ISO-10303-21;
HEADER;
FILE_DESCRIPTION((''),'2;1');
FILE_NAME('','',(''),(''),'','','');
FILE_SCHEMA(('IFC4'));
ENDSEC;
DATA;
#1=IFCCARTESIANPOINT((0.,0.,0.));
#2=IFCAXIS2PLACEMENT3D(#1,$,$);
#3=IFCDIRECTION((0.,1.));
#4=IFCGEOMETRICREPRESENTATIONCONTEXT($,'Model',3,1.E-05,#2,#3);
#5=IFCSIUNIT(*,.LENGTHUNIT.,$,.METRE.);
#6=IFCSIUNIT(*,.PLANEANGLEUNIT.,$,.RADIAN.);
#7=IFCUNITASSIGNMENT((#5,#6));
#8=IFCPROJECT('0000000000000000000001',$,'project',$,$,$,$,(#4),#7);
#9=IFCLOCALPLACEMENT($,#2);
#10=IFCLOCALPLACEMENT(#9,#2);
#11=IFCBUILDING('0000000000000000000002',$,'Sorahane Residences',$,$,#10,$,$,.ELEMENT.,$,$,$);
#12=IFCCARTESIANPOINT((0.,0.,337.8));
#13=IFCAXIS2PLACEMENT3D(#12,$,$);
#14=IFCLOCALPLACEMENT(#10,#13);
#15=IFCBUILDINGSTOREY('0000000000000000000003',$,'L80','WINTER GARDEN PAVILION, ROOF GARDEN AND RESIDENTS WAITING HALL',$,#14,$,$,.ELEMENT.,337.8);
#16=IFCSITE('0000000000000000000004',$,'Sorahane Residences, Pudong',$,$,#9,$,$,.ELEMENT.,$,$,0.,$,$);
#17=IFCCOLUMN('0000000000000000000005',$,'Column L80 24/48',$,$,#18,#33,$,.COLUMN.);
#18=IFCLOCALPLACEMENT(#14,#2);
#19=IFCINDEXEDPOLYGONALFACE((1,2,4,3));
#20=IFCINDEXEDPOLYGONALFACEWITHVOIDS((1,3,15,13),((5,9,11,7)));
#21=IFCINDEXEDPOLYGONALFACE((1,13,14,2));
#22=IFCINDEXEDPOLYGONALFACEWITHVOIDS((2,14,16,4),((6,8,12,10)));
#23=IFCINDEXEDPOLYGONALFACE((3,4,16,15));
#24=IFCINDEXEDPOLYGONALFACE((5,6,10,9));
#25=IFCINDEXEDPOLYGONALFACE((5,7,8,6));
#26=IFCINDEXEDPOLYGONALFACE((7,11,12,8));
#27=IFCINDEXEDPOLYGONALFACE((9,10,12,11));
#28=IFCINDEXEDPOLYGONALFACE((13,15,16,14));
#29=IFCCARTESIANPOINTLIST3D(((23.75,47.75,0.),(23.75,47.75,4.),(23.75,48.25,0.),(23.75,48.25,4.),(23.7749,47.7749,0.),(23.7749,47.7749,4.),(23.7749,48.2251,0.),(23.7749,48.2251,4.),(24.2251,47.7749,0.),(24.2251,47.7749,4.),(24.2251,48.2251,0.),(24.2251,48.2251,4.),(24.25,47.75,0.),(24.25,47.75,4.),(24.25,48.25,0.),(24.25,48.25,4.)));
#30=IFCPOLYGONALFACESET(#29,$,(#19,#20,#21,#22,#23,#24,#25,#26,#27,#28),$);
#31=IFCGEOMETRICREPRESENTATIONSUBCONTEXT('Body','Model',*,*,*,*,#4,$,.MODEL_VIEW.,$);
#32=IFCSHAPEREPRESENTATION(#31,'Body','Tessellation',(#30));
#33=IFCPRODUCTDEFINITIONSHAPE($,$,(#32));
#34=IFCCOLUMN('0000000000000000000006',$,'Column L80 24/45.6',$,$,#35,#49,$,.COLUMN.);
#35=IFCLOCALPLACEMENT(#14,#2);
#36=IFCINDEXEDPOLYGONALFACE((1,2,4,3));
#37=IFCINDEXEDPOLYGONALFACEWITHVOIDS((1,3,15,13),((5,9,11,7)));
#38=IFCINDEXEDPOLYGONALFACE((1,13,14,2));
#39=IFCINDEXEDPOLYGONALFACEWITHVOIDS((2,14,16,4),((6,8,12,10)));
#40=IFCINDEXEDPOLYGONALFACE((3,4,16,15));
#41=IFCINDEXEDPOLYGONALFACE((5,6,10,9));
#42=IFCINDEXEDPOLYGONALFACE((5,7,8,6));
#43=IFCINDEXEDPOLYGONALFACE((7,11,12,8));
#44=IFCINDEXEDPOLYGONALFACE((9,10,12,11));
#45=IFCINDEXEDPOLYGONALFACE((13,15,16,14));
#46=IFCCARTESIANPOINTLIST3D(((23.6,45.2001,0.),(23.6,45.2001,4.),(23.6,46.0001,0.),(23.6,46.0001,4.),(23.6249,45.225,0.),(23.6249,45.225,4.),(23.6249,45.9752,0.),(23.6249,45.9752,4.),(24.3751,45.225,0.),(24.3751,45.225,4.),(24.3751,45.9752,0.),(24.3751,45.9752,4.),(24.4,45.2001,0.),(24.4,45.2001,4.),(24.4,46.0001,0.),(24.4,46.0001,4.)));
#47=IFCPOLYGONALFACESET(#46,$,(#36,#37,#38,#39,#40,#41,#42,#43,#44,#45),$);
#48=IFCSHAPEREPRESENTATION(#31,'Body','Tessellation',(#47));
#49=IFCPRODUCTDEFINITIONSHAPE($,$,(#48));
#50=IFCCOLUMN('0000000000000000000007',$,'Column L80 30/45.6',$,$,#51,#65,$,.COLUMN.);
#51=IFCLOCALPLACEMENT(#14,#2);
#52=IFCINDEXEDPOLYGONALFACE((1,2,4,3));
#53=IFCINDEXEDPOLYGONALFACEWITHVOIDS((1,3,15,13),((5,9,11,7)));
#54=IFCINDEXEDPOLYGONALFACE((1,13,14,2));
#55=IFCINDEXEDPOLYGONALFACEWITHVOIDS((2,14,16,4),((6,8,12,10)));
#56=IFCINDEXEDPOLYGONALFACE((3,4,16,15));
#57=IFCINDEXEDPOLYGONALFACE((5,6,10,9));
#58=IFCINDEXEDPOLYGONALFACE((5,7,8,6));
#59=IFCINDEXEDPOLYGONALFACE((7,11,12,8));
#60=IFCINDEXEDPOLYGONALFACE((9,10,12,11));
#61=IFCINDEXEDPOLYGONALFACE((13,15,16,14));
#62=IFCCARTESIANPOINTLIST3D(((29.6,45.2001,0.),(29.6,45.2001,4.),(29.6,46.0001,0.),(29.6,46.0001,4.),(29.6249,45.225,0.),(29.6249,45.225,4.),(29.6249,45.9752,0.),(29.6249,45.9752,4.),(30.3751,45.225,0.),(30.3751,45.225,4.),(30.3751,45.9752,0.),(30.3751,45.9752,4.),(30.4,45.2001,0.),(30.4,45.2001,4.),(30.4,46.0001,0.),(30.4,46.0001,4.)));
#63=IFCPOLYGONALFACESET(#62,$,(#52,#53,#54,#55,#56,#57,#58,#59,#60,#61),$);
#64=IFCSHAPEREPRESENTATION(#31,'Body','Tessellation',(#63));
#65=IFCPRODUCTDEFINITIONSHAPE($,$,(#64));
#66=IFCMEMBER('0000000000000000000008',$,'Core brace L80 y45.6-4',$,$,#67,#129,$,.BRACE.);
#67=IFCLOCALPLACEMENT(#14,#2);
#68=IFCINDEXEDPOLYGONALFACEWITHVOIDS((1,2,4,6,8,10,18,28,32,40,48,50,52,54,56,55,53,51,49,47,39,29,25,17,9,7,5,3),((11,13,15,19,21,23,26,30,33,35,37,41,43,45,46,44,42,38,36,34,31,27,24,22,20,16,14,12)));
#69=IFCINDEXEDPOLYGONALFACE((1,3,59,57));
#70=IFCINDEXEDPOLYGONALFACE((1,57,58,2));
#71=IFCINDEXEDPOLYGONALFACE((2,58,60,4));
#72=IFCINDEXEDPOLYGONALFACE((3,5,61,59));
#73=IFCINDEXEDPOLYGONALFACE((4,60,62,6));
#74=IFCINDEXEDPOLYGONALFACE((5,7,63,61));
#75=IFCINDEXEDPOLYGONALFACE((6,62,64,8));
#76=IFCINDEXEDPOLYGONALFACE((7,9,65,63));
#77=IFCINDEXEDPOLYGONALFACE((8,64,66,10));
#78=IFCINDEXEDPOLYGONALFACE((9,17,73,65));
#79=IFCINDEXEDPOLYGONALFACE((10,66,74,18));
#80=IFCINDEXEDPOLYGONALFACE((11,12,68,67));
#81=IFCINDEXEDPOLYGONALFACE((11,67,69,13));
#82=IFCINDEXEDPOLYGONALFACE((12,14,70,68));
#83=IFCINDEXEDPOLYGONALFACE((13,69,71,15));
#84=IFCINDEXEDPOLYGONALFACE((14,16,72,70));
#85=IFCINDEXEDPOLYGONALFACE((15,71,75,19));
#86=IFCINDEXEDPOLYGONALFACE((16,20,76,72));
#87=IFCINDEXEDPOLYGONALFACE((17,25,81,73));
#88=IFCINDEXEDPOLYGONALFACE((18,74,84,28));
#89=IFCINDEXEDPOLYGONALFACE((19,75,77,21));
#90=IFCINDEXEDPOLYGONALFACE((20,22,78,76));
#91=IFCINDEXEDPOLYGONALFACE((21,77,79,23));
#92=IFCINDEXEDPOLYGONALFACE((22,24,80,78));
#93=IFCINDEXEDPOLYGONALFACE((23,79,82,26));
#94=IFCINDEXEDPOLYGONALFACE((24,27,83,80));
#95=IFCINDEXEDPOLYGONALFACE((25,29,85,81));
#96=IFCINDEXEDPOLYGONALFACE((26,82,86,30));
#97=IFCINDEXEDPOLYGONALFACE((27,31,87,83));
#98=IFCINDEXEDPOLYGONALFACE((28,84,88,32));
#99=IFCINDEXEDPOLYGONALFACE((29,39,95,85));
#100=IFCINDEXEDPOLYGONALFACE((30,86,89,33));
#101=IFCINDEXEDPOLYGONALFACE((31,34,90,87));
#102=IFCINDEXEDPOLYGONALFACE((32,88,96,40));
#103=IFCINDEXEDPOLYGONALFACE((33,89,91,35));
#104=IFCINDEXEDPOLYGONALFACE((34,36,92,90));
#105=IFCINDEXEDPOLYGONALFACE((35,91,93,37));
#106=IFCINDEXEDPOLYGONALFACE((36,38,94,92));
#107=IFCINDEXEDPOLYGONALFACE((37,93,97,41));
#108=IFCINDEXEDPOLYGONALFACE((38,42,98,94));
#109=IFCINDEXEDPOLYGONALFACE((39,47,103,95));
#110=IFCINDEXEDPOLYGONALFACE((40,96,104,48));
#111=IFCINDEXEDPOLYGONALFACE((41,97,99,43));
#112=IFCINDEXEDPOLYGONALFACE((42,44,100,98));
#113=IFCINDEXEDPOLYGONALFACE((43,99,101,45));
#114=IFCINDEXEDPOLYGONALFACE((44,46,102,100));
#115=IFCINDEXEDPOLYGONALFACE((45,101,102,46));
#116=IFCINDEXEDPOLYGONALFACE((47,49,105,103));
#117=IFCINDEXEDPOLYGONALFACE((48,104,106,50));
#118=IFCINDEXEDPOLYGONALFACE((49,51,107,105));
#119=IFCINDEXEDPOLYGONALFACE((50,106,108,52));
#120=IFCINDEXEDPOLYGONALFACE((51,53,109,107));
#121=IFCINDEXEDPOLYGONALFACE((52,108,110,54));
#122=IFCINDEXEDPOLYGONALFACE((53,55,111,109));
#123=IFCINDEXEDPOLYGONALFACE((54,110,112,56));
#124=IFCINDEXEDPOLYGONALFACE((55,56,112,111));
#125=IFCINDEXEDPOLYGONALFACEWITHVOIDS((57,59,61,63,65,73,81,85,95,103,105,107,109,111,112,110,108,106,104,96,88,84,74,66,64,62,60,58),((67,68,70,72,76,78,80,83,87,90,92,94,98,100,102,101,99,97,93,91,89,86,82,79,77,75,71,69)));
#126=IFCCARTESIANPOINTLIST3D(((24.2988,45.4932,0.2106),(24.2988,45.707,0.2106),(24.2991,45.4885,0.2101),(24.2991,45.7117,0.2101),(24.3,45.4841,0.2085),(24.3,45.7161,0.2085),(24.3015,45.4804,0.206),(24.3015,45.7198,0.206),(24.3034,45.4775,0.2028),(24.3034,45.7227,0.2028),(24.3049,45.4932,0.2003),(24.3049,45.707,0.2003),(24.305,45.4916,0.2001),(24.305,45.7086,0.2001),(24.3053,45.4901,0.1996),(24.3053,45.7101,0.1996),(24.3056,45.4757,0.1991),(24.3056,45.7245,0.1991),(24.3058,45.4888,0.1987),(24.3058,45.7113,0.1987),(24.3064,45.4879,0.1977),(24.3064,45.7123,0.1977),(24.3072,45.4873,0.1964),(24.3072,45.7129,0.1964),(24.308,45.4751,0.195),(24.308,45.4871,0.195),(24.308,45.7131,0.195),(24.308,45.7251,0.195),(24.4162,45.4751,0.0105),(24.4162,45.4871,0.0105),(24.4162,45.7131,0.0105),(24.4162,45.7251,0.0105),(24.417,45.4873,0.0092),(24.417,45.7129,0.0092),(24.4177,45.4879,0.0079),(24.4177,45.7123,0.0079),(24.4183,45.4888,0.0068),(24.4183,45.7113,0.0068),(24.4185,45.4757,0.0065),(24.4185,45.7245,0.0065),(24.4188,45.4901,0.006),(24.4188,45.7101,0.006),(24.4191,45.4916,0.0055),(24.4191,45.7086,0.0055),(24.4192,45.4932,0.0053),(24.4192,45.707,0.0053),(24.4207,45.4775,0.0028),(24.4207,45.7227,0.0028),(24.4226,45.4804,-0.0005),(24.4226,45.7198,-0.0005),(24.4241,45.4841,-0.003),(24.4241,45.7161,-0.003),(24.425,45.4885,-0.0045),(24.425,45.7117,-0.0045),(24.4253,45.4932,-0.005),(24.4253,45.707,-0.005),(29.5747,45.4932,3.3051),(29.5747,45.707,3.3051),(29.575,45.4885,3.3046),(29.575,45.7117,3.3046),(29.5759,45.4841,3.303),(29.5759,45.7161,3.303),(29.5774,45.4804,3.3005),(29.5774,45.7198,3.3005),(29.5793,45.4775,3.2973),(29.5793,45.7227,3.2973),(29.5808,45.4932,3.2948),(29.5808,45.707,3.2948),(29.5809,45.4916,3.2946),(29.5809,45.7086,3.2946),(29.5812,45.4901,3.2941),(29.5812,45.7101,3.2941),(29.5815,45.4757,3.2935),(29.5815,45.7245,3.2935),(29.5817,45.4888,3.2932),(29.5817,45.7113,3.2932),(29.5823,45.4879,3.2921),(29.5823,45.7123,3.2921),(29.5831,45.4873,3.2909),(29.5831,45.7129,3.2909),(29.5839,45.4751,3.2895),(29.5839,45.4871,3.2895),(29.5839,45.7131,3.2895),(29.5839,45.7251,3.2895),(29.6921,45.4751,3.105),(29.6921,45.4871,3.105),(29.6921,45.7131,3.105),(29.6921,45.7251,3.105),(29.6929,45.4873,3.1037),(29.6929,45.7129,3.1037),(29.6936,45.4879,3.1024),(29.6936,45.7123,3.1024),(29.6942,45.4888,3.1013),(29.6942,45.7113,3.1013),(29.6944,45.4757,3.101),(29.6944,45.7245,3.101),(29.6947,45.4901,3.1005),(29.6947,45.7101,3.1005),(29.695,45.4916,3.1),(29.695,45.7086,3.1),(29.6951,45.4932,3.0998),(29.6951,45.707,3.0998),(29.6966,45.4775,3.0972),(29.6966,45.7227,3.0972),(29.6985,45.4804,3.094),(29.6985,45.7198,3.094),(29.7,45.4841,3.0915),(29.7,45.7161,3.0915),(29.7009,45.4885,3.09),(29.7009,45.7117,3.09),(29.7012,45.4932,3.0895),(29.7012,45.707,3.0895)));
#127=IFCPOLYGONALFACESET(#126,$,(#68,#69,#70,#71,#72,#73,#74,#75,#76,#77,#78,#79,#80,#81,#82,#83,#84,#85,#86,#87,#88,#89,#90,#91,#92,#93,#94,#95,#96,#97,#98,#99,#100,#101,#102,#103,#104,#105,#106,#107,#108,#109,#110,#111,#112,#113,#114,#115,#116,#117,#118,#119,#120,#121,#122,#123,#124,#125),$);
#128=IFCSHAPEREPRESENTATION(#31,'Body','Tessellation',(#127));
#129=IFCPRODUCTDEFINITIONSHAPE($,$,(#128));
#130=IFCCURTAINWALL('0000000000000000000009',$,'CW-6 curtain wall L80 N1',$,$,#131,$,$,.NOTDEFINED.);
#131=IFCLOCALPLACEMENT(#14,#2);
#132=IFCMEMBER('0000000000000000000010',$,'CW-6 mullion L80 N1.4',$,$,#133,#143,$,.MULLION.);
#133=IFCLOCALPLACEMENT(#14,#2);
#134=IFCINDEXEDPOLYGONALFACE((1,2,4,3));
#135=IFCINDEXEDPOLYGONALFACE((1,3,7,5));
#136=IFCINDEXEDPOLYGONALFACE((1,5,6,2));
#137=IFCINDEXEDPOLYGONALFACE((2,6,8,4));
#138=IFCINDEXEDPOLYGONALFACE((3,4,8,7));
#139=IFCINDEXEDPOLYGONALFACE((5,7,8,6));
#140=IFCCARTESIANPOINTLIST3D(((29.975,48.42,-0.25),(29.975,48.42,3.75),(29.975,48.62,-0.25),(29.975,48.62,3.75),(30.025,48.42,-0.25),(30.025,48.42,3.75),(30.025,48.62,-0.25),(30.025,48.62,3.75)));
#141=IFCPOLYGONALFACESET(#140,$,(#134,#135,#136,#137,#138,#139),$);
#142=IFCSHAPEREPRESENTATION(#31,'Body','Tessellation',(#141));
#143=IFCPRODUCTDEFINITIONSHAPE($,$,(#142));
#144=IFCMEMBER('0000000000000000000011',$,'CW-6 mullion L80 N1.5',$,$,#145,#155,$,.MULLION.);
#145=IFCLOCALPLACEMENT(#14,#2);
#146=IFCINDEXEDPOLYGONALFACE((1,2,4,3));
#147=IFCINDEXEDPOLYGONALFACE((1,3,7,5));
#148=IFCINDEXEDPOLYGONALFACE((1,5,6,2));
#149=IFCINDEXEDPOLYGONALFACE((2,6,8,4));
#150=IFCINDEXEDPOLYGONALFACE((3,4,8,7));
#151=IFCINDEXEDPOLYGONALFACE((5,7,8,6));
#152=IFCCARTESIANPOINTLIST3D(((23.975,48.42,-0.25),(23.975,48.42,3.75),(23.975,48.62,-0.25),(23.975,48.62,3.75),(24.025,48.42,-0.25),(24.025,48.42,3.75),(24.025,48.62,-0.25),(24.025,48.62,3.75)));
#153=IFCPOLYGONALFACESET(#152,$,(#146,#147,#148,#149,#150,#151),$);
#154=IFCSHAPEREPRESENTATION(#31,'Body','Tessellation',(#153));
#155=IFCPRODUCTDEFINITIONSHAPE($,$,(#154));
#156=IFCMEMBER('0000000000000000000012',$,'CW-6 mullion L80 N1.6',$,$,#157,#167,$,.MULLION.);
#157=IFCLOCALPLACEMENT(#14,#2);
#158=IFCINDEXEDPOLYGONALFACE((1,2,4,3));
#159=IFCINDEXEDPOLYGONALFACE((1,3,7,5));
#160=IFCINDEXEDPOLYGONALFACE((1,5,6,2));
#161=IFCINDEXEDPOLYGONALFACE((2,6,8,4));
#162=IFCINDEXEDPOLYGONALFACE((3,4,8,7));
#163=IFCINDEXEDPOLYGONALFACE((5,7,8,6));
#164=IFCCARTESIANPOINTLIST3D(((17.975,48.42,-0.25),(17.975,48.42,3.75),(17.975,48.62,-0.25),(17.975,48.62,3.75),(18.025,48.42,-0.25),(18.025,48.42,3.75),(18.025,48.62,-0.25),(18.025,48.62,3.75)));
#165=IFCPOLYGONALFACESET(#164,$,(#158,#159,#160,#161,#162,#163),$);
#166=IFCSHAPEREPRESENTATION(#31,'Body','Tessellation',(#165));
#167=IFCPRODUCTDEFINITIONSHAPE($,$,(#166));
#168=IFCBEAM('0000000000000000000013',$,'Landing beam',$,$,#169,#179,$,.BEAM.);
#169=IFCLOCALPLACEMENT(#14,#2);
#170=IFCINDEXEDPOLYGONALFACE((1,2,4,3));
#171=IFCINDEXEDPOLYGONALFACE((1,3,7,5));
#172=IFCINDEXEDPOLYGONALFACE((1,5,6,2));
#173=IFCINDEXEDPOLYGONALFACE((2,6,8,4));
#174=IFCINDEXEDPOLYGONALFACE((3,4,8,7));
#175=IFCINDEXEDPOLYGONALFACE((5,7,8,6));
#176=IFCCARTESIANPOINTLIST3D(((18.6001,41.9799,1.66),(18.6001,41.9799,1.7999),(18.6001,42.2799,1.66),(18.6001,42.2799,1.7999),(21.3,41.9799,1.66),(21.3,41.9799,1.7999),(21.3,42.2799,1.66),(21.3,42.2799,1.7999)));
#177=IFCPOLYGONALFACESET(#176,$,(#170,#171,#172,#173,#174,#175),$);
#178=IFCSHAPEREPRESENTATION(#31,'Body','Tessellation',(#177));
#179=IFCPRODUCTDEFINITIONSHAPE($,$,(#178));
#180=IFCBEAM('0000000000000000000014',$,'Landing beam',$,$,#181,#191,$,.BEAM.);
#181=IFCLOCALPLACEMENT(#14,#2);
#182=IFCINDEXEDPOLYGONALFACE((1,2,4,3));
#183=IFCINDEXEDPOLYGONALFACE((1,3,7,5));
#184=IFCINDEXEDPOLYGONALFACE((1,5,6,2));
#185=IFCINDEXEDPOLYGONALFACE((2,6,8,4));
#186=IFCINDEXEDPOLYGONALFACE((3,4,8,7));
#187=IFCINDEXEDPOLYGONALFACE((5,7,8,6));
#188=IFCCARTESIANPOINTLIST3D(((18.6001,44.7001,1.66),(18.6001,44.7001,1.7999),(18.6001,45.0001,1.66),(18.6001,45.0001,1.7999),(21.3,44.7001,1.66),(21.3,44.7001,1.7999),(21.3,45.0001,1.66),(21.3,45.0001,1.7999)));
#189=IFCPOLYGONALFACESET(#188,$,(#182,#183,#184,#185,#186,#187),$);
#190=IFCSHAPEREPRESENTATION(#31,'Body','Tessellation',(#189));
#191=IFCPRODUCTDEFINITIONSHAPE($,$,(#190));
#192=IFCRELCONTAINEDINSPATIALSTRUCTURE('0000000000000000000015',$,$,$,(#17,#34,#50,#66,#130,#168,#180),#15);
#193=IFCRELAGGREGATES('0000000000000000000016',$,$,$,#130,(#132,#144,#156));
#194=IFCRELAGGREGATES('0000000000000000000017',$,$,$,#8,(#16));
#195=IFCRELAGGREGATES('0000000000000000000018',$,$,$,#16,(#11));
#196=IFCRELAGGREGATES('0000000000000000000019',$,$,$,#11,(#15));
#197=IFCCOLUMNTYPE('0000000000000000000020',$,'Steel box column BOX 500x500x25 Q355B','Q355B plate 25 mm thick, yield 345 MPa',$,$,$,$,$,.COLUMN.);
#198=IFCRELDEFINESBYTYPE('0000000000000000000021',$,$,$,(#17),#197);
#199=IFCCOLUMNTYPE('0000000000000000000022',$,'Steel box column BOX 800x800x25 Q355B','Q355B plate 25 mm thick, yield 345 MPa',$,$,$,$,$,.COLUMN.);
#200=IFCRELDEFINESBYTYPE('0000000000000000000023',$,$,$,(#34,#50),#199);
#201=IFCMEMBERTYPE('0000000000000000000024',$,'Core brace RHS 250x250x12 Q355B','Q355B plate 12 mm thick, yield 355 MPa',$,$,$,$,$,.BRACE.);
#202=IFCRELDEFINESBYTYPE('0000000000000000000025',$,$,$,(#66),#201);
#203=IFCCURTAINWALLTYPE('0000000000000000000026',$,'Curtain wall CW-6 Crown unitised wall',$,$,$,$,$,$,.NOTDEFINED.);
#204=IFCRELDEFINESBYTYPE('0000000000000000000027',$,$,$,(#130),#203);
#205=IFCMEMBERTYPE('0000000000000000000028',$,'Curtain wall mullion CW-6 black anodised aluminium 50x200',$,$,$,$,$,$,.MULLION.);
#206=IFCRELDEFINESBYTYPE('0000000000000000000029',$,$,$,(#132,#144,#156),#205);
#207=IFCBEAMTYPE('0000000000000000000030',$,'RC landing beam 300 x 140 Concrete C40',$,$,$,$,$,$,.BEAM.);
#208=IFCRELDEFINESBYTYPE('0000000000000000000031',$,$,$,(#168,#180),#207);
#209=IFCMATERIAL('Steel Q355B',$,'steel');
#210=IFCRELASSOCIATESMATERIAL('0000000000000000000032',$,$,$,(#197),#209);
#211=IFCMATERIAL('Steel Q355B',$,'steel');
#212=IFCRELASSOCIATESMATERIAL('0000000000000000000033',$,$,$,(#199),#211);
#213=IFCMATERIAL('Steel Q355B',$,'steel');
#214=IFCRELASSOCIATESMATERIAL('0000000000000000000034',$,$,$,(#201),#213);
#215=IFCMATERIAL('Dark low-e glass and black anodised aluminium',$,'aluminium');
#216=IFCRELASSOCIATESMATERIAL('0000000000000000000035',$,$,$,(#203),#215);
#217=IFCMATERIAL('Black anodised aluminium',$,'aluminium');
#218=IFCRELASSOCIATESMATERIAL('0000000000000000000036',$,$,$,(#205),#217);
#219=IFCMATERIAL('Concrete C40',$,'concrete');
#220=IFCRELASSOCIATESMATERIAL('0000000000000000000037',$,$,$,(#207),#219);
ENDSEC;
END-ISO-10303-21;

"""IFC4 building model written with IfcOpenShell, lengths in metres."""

from ifc_helpers import new_model, si_unit, direction, frame, origin, origin_2d, place, context, subcontext, project, spatial, rectangle, hollow_rectangle, extrude, material, material_profile, profile_set, type_object, element, aggregate, save


model = new_model("IFC4")

# Units and contexts
model_context = context("Model", 3, precision=1e-05, world=origin(), true_north=direction((0.0, 1.0)))
body_context = subcontext(model_context, "Body", "Model", "MODEL_VIEW")
ifc_project = project(units=[si_unit("LENGTHUNIT", "METRE"), si_unit("PLANEANGLEUNIT", "RADIAN")], contexts=[model_context])

# Site, building, storey
site_placement = place(None, origin())
site = spatial("IfcSite", under=ifc_project, at=site_placement, Name="Sorahane Residences, Pudong", CompositionType="ELEMENT", RefElevation=0.0)
building_placement = place(site_placement, origin())
building = spatial("IfcBuilding", under=site, at=building_placement, Name="Sorahane Residences", CompositionType="ELEMENT")
storey_placement = place(building_placement, frame((0.0, 0.0, 337.8)))
storey = spatial("IfcBuildingStorey", under=building, at=storey_placement, Name="L80", Description="WINTER GARDEN PAVILION, ROOF GARDEN AND RESIDENTS WAITING HALL", CompositionType="ELEMENT", Elevation=337.8)

# Columns
ifc_material_1 = material(Name="Steel Q355B", Category="steel")
ifc_material_profile_1 = material_profile(ifc_material_1, hollow_rectangle(XDim=0.5, YDim=0.5, WallThickness=0.0249, at=origin_2d()), Name="BOX 500x500x25")
ifc_profile_set_1 = profile_set([ifc_material_profile_1], Name="Steel Q355B")
column_type_1 = type_object("IfcColumnType", Name="Steel box column BOX 500x500x25 Q355B", Description="Q355B plate 25 mm thick, yield 345 MPa", PredefinedType="COLUMN", material=ifc_profile_set_1)
column_placement = place(storey_placement, frame((24.0, 48.0, 0.0), z_axis=(0.0, 0.0, 1.0), x_axis=(1.0, 0.0, 0.0)))
element("IfcColumn", 1, at=column_placement, inside=storey, type_object=column_type_1, Name="Column L80 24/48", PredefinedType="COLUMN", context=body_context, shape_type="SweptSolid", body=[
    extrude(hollow_rectangle(XDim=0.5, YDim=0.5, WallThickness=0.0249, at=origin_2d()), origin(), (0.0, 0.0, 1.0), 4.0),
])
ifc_material_2 = material(Name="Steel Q355B", Category="steel")
ifc_material_profile_2 = material_profile(ifc_material_2, hollow_rectangle(XDim=0.8, YDim=0.8, WallThickness=0.0249, at=origin_2d()), Name="BOX 800x800x25")
ifc_profile_set_2 = profile_set([ifc_material_profile_2], Name="Steel Q355B")
column_type_2 = type_object("IfcColumnType", Name="Steel box column BOX 800x800x25 Q355B", Description="Q355B plate 25 mm thick, yield 345 MPa", PredefinedType="COLUMN", material=ifc_profile_set_2)
for number, where, z_axis, x_axis, name in (
    (2, (24.0, 45.6001, 0.0), (0.0, 0.0, 1.0), (1.0, 0.0, 0.0), "Column L80 24/45.6"),
    (3, (30.0, 45.6001, 0.0), (0.0, 0.0, 1.0), (1.0, 0.0, 0.0), "Column L80 30/45.6"),
):
    element("IfcColumn", number, at=place(storey_placement, frame(where, z_axis=z_axis, x_axis=x_axis)), inside=storey, type_object=column_type_2, Name=name, PredefinedType="COLUMN", context=body_context, shape_type="SweptSolid", body=[
        extrude(hollow_rectangle(XDim=0.8, YDim=0.8, WallThickness=0.0249, at=origin_2d()), origin(), (0.0, 0.0, 1.0), 4.0),
    ])

# Member
ifc_material_3 = material(Name="Steel Q355B", Category="steel")
ifc_material_profile_3 = material_profile(ifc_material_3, hollow_rectangle(XDim=0.25, YDim=0.25, WallThickness=0.012, InnerFilletRadius=0.0061, OuterFilletRadius=0.0181, at=origin_2d()), Name="RHS 250x250x12")
ifc_profile_set_3 = profile_set([ifc_material_profile_3], Name="Steel Q355B")
member_type_1 = type_object("IfcMemberType", Name="Core brace RHS 250x250x12 Q355B", Description="Q355B plate 12 mm thick, yield 355 MPa", PredefinedType="BRACE", material=ifc_profile_set_3)
member_1_placement = place(storey_placement, frame((24.3621, 45.6001, 0.1028), z_axis=(0.862575, 0.0, 0.505929), x_axis=(0.0, 1.0, 0.0)))
element("IfcMember", 4, at=member_1_placement, inside=storey, type_object=member_type_1, Name="Core brace L80 y45.6-4", PredefinedType="BRACE", context=body_context, shape_type="SweptSolid", body=[
    extrude(hollow_rectangle(XDim=0.25, YDim=0.25, WallThickness=0.012, InnerFilletRadius=0.0061, OuterFilletRadius=0.0181, at=origin_2d()), origin(), (0.0, 0.0, 1.0), 6.1165),
])

# Curtain wall, members
ifc_material_4 = material(Name="Dark low-e glass and black anodised aluminium", Category="aluminium")
curtain_wall_type = type_object("IfcCurtainWallType", Name="Curtain wall CW-6 Crown unitised wall", PredefinedType="NOTDEFINED", material=ifc_material_4)
curtain_wall_placement = place(storey_placement, origin())
curtain_wall = element("IfcCurtainWall", 5, at=curtain_wall_placement, inside=storey, type_object=curtain_wall_type, Name="CW-6 curtain wall L80 N1", PredefinedType="NOTDEFINED")
ifc_material_5 = material(Name="Black anodised aluminium", Category="aluminium")
ifc_material_profile_4 = material_profile(ifc_material_5, rectangle(XDim=0.2, YDim=0.05, at=origin_2d()), Name="Curtain wall mullion CW-6 black anodised aluminium 50x200")
ifc_profile_set_4 = profile_set([ifc_material_profile_4], Name="Black anodised aluminium")
member_type_2 = type_object("IfcMemberType", Name="Curtain wall mullion CW-6 black anodised aluminium 50x200", PredefinedType="MULLION", material=ifc_profile_set_4)
member_2_placement = place(storey_placement, frame((30.0, 48.52, -0.25), z_axis=(0.0, 0.0, 1.0), x_axis=(0.0, 1.0, 0.0)))
member_2 = element("IfcMember", 6, at=member_2_placement, type_object=member_type_2, Name="CW-6 mullion L80 N1.4", PredefinedType="MULLION", context=body_context, shape_type="SweptSolid", body=[
    extrude(rectangle(XDim=0.2, YDim=0.05, at=origin_2d()), origin(), (0.0, 0.0, 1.0), 4.0),
])
member_3_placement = place(storey_placement, frame((24.0, 48.52, -0.25), z_axis=(0.0, 0.0, 1.0), x_axis=(0.0, 1.0, 0.0)))
member_3 = element("IfcMember", 7, at=member_3_placement, type_object=member_type_2, Name="CW-6 mullion L80 N1.5", PredefinedType="MULLION", context=body_context, shape_type="SweptSolid", body=[
    extrude(rectangle(XDim=0.2, YDim=0.05, at=origin_2d()), origin(), (0.0, 0.0, 1.0), 4.0),
])
member_4_placement = place(storey_placement, frame((18.0, 48.52, -0.25), z_axis=(0.0, 0.0, 1.0), x_axis=(0.0, 1.0, 0.0)))
member_4 = element("IfcMember", 8, at=member_4_placement, type_object=member_type_2, Name="CW-6 mullion L80 N1.6", PredefinedType="MULLION", context=body_context, shape_type="SweptSolid", body=[
    extrude(rectangle(XDim=0.2, YDim=0.05, at=origin_2d()), origin(), (0.0, 0.0, 1.0), 4.0),
])

# Beams
ifc_material_6 = material(Name="Concrete C40", Category="concrete")
ifc_material_profile_5 = material_profile(ifc_material_6, rectangle(XDim=0.3, YDim=0.1399, at=origin_2d()), Name="300x140")
ifc_profile_set_5 = profile_set([ifc_material_profile_5], Name="Concrete C40")
beam_type_1 = type_object("IfcBeamType", Name="RC landing beam 300 x 140 Concrete C40", PredefinedType="BEAM", material=ifc_profile_set_5)
for number, where, z_axis, x_axis, name in (
    (9, (18.6001, 42.1299, 1.73), (1.0, 0.0, 0.0), (0.0, 1.0, 0.0), "Landing beam"),
    (10, (18.6001, 44.8501, 1.73), (1.0, 0.0, 0.0), (0.0, 1.0, 0.0), "Landing beam"),
):
    element("IfcBeam", number, at=place(storey_placement, frame(where, z_axis=z_axis, x_axis=x_axis)), inside=storey, type_object=beam_type_1, Name=name, PredefinedType="BEAM", context=body_context, shape_type="SweptSolid", body=[
        extrude(rectangle(XDim=0.3, YDim=0.1399, at=origin_2d()), origin(), (0.0, 0.0, 1.0), 2.7),
    ])

aggregate(curtain_wall, [member_2, member_3, member_4])

save(model, "model.ifc")
